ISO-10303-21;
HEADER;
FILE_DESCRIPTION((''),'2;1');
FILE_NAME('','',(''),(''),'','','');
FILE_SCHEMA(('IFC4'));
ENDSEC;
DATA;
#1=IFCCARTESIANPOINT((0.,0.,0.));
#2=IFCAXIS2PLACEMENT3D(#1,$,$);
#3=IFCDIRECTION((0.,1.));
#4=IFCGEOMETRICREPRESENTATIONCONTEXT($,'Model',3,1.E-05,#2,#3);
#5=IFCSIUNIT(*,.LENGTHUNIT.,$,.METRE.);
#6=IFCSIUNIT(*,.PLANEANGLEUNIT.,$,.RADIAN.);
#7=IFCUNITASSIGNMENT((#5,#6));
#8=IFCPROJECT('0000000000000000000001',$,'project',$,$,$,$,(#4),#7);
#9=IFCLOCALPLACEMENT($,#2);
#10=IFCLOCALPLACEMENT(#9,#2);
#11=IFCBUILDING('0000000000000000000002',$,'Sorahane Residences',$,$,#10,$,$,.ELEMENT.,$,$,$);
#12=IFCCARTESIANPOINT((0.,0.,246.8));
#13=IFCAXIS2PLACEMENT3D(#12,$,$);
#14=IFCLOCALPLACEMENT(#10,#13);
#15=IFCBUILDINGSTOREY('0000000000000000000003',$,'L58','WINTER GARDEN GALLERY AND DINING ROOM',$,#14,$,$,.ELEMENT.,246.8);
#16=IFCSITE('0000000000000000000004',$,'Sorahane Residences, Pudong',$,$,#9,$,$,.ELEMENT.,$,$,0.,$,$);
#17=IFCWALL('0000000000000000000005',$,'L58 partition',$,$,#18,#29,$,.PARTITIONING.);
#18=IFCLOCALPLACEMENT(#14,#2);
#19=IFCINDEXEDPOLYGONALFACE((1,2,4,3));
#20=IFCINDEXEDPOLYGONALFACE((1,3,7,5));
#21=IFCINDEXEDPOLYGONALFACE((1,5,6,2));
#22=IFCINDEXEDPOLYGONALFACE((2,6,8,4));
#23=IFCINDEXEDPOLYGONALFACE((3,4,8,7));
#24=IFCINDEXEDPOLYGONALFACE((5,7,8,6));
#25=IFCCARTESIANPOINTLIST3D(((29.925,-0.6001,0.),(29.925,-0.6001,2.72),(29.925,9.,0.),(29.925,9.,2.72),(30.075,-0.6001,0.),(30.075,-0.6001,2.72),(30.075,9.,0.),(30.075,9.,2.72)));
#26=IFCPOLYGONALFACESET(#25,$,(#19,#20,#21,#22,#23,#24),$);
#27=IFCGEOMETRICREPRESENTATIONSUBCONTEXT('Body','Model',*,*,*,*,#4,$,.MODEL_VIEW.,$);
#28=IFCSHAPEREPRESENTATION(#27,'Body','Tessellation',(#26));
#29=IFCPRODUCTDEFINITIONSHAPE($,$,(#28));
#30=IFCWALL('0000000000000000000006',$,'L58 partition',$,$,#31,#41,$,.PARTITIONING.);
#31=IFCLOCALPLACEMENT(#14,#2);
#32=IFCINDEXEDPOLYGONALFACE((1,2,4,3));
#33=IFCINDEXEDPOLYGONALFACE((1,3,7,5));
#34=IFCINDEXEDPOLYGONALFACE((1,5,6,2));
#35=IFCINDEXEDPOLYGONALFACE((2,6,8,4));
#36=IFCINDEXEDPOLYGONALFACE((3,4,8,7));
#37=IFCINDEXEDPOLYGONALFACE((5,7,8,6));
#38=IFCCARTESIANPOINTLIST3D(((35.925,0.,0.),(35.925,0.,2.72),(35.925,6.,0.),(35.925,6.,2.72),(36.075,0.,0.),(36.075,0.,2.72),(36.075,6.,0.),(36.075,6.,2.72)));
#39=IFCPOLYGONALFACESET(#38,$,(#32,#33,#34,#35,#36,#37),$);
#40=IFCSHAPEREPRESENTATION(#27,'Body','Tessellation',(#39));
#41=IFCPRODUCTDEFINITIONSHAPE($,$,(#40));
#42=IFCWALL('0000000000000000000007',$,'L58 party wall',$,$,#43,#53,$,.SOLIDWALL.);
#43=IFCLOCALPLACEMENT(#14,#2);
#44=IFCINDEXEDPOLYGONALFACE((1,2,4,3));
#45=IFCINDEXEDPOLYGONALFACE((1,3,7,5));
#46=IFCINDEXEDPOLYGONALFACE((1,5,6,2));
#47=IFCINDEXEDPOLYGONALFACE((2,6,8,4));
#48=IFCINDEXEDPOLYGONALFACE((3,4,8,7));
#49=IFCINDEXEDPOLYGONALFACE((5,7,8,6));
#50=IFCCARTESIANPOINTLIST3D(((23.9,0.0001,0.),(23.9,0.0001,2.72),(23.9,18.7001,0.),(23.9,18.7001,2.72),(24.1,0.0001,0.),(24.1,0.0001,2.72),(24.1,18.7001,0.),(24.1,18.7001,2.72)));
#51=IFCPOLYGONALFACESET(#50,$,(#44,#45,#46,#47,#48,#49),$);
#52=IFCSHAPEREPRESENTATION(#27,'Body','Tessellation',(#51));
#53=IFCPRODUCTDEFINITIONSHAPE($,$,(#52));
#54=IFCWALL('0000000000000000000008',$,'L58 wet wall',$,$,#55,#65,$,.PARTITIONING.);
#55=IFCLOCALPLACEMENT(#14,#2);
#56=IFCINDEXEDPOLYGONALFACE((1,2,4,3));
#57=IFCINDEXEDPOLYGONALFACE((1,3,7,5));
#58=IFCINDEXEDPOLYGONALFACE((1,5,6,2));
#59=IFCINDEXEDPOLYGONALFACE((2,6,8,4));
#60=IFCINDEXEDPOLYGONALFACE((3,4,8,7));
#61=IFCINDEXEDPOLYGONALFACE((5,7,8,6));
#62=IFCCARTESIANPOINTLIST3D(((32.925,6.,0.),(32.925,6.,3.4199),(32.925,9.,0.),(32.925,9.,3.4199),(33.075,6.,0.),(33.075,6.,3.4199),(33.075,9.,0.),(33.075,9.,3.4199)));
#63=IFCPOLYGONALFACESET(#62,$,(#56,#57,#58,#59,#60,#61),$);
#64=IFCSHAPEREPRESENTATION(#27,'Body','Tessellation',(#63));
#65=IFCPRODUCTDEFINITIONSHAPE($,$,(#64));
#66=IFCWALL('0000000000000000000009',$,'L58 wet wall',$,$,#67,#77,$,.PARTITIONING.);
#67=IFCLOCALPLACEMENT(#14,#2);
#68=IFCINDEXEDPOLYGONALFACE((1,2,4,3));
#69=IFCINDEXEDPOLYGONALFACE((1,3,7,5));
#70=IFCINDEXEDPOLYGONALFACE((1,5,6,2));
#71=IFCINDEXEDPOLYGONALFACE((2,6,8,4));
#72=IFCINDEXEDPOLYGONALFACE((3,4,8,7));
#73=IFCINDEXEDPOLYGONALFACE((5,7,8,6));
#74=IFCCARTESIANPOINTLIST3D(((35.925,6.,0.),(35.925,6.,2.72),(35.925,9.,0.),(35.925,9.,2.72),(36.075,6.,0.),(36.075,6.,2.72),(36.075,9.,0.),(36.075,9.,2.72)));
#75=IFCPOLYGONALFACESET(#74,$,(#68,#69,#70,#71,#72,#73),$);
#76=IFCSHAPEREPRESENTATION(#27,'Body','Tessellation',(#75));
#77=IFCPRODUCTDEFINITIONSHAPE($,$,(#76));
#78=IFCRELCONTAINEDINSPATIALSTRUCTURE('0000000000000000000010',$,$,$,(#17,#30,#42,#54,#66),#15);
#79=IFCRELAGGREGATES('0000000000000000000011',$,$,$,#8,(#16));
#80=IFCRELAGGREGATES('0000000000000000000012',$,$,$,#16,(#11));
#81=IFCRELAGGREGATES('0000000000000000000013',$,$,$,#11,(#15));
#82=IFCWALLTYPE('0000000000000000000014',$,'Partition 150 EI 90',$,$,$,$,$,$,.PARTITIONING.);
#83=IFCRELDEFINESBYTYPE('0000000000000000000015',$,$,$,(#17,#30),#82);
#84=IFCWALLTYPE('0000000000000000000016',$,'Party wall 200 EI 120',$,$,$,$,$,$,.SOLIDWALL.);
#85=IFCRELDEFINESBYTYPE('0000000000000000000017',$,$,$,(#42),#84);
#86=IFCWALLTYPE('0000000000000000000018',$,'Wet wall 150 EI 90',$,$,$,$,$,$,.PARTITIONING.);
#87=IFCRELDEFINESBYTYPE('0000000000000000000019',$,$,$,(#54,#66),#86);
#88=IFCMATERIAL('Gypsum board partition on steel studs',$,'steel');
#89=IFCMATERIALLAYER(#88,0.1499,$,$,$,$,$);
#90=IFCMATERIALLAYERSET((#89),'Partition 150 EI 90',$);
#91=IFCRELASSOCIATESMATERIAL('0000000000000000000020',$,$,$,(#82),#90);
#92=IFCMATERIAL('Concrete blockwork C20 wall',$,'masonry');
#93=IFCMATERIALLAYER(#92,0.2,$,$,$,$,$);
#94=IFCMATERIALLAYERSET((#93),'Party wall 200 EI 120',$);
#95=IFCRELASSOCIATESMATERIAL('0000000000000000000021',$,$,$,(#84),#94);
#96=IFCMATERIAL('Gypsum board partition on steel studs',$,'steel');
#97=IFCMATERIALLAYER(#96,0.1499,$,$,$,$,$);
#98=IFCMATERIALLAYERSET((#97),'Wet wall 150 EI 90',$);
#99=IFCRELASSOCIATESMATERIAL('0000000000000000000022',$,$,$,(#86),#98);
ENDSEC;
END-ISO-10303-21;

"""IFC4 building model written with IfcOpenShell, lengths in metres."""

from ifc_helpers import new_model, si_unit, direction, frame, frame_2d, origin, place, context, subcontext, project, spatial, rectangle, extrude, material, layer, layer_set, type_object, element, save


model = new_model("IFC4")

# Units and contexts
model_context = context("Model", 3, precision=1e-05, world=origin(), true_north=direction((0.0, 1.0)))
body_context = subcontext(model_context, "Body", "Model", "MODEL_VIEW")
ifc_project = project(units=[si_unit("LENGTHUNIT", "METRE"), si_unit("PLANEANGLEUNIT", "RADIAN")], contexts=[model_context])

# Site, building, storey
site_placement = place(None, origin())
site = spatial("IfcSite", under=ifc_project, at=site_placement, Name="Sorahane Residences, Pudong", CompositionType="ELEMENT", RefElevation=0.0)
building_placement = place(site_placement, origin())
building = spatial("IfcBuilding", under=site, at=building_placement, Name="Sorahane Residences", CompositionType="ELEMENT")
storey_placement = place(building_placement, frame((0.0, 0.0, 246.8)))
storey = spatial("IfcBuildingStorey", under=building, at=storey_placement, Name="L58", Description="WINTER GARDEN GALLERY AND DINING ROOM", CompositionType="ELEMENT", Elevation=246.8)

# Walls
ifc_material_1 = material(Name="Gypsum board partition on steel studs", Category="steel")
ifc_layer_1 = layer(ifc_material_1, 0.1499)
ifc_layer_set_1 = layer_set([ifc_layer_1], Name="Partition 150 EI 90")
wall_type_1 = type_object("IfcWallType", Name="Partition 150 EI 90", PredefinedType="PARTITIONING", material=ifc_layer_set_1)
wall_1_placement = place(storey_placement, frame((30.0, -0.6001, 0.0), z_axis=(0.0, 0.0, 1.0), x_axis=(0.0, 1.0, 0.0)))
element("IfcWall", 1, at=wall_1_placement, inside=storey, type_object=wall_type_1, Name="L58 partition", PredefinedType="PARTITIONING", context=body_context, shape_type="SweptSolid", body=[
    extrude(rectangle(XDim=9.6001, YDim=0.1499, at=frame_2d((4.8, 0.0))), origin(), (0.0, 0.0, 1.0), 2.72),
])
wall_2_placement = place(storey_placement, frame((36.0, 0.0, 0.0), z_axis=(0.0, 0.0, 1.0), x_axis=(0.0, 1.0, 0.0)))
element("IfcWall", 2, at=wall_2_placement, inside=storey, type_object=wall_type_1, Name="L58 partition", PredefinedType="PARTITIONING", context=body_context, shape_type="SweptSolid", body=[
    extrude(rectangle(XDim=6.0, YDim=0.1499, at=frame_2d((3.0, 0.0))), origin(), (0.0, 0.0, 1.0), 2.72),
])

# Walls
ifc_material_2 = material(Name="Concrete blockwork C20 wall", Category="masonry")
ifc_layer_2 = layer(ifc_material_2, 0.2)
ifc_layer_set_2 = layer_set([ifc_layer_2], Name="Party wall 200 EI 120")
wall_type_2 = type_object("IfcWallType", Name="Party wall 200 EI 120", PredefinedType="SOLIDWALL", material=ifc_layer_set_2)
wall_3_placement = place(storey_placement, frame((24.0, 0.0, 0.0), z_axis=(0.0, 0.0, 1.0), x_axis=(0.0, 1.0, 0.0)))
element("IfcWall", 3, at=wall_3_placement, inside=storey, type_object=wall_type_2, Name="L58 party wall", PredefinedType="SOLIDWALL", context=body_context, shape_type="SweptSolid", body=[
    extrude(rectangle(XDim=18.7, YDim=0.2, at=frame_2d((9.3501, 0.0))), origin(), (0.0, 0.0, 1.0), 2.72),
])
ifc_material_3 = material(Name="Gypsum board partition on steel studs", Category="steel")
ifc_layer_3 = layer(ifc_material_3, 0.1499)
ifc_layer_set_3 = layer_set([ifc_layer_3], Name="Wet wall 150 EI 90")
wall_type_3 = type_object("IfcWallType", Name="Wet wall 150 EI 90", PredefinedType="PARTITIONING", material=ifc_layer_set_3)
wall_4_placement = place(storey_placement, frame((33.0, 6.0, 0.0), z_axis=(0.0, 0.0, 1.0), x_axis=(0.0, 1.0, 0.0)))
element("IfcWall", 4, at=wall_4_placement, inside=storey, type_object=wall_type_3, Name="L58 wet wall", PredefinedType="PARTITIONING", context=body_context, shape_type="SweptSolid", body=[
    extrude(rectangle(XDim=3.0, YDim=0.1499, at=frame_2d((1.5, 0.0))), origin(), (0.0, 0.0, 1.0), 3.4199),
])
wall_5_placement = place(storey_placement, frame((36.0, 6.0, 0.0), z_axis=(0.0, 0.0, 1.0), x_axis=(0.0, 1.0, 0.0)))
element("IfcWall", 5, at=wall_5_placement, inside=storey, type_object=wall_type_3, Name="L58 wet wall", PredefinedType="PARTITIONING", context=body_context, shape_type="SweptSolid", body=[
    extrude(rectangle(XDim=3.0, YDim=0.1499, at=frame_2d((1.5, 0.0))), origin(), (0.0, 0.0, 1.0), 2.72),
])

save(model, "model.ifc")
